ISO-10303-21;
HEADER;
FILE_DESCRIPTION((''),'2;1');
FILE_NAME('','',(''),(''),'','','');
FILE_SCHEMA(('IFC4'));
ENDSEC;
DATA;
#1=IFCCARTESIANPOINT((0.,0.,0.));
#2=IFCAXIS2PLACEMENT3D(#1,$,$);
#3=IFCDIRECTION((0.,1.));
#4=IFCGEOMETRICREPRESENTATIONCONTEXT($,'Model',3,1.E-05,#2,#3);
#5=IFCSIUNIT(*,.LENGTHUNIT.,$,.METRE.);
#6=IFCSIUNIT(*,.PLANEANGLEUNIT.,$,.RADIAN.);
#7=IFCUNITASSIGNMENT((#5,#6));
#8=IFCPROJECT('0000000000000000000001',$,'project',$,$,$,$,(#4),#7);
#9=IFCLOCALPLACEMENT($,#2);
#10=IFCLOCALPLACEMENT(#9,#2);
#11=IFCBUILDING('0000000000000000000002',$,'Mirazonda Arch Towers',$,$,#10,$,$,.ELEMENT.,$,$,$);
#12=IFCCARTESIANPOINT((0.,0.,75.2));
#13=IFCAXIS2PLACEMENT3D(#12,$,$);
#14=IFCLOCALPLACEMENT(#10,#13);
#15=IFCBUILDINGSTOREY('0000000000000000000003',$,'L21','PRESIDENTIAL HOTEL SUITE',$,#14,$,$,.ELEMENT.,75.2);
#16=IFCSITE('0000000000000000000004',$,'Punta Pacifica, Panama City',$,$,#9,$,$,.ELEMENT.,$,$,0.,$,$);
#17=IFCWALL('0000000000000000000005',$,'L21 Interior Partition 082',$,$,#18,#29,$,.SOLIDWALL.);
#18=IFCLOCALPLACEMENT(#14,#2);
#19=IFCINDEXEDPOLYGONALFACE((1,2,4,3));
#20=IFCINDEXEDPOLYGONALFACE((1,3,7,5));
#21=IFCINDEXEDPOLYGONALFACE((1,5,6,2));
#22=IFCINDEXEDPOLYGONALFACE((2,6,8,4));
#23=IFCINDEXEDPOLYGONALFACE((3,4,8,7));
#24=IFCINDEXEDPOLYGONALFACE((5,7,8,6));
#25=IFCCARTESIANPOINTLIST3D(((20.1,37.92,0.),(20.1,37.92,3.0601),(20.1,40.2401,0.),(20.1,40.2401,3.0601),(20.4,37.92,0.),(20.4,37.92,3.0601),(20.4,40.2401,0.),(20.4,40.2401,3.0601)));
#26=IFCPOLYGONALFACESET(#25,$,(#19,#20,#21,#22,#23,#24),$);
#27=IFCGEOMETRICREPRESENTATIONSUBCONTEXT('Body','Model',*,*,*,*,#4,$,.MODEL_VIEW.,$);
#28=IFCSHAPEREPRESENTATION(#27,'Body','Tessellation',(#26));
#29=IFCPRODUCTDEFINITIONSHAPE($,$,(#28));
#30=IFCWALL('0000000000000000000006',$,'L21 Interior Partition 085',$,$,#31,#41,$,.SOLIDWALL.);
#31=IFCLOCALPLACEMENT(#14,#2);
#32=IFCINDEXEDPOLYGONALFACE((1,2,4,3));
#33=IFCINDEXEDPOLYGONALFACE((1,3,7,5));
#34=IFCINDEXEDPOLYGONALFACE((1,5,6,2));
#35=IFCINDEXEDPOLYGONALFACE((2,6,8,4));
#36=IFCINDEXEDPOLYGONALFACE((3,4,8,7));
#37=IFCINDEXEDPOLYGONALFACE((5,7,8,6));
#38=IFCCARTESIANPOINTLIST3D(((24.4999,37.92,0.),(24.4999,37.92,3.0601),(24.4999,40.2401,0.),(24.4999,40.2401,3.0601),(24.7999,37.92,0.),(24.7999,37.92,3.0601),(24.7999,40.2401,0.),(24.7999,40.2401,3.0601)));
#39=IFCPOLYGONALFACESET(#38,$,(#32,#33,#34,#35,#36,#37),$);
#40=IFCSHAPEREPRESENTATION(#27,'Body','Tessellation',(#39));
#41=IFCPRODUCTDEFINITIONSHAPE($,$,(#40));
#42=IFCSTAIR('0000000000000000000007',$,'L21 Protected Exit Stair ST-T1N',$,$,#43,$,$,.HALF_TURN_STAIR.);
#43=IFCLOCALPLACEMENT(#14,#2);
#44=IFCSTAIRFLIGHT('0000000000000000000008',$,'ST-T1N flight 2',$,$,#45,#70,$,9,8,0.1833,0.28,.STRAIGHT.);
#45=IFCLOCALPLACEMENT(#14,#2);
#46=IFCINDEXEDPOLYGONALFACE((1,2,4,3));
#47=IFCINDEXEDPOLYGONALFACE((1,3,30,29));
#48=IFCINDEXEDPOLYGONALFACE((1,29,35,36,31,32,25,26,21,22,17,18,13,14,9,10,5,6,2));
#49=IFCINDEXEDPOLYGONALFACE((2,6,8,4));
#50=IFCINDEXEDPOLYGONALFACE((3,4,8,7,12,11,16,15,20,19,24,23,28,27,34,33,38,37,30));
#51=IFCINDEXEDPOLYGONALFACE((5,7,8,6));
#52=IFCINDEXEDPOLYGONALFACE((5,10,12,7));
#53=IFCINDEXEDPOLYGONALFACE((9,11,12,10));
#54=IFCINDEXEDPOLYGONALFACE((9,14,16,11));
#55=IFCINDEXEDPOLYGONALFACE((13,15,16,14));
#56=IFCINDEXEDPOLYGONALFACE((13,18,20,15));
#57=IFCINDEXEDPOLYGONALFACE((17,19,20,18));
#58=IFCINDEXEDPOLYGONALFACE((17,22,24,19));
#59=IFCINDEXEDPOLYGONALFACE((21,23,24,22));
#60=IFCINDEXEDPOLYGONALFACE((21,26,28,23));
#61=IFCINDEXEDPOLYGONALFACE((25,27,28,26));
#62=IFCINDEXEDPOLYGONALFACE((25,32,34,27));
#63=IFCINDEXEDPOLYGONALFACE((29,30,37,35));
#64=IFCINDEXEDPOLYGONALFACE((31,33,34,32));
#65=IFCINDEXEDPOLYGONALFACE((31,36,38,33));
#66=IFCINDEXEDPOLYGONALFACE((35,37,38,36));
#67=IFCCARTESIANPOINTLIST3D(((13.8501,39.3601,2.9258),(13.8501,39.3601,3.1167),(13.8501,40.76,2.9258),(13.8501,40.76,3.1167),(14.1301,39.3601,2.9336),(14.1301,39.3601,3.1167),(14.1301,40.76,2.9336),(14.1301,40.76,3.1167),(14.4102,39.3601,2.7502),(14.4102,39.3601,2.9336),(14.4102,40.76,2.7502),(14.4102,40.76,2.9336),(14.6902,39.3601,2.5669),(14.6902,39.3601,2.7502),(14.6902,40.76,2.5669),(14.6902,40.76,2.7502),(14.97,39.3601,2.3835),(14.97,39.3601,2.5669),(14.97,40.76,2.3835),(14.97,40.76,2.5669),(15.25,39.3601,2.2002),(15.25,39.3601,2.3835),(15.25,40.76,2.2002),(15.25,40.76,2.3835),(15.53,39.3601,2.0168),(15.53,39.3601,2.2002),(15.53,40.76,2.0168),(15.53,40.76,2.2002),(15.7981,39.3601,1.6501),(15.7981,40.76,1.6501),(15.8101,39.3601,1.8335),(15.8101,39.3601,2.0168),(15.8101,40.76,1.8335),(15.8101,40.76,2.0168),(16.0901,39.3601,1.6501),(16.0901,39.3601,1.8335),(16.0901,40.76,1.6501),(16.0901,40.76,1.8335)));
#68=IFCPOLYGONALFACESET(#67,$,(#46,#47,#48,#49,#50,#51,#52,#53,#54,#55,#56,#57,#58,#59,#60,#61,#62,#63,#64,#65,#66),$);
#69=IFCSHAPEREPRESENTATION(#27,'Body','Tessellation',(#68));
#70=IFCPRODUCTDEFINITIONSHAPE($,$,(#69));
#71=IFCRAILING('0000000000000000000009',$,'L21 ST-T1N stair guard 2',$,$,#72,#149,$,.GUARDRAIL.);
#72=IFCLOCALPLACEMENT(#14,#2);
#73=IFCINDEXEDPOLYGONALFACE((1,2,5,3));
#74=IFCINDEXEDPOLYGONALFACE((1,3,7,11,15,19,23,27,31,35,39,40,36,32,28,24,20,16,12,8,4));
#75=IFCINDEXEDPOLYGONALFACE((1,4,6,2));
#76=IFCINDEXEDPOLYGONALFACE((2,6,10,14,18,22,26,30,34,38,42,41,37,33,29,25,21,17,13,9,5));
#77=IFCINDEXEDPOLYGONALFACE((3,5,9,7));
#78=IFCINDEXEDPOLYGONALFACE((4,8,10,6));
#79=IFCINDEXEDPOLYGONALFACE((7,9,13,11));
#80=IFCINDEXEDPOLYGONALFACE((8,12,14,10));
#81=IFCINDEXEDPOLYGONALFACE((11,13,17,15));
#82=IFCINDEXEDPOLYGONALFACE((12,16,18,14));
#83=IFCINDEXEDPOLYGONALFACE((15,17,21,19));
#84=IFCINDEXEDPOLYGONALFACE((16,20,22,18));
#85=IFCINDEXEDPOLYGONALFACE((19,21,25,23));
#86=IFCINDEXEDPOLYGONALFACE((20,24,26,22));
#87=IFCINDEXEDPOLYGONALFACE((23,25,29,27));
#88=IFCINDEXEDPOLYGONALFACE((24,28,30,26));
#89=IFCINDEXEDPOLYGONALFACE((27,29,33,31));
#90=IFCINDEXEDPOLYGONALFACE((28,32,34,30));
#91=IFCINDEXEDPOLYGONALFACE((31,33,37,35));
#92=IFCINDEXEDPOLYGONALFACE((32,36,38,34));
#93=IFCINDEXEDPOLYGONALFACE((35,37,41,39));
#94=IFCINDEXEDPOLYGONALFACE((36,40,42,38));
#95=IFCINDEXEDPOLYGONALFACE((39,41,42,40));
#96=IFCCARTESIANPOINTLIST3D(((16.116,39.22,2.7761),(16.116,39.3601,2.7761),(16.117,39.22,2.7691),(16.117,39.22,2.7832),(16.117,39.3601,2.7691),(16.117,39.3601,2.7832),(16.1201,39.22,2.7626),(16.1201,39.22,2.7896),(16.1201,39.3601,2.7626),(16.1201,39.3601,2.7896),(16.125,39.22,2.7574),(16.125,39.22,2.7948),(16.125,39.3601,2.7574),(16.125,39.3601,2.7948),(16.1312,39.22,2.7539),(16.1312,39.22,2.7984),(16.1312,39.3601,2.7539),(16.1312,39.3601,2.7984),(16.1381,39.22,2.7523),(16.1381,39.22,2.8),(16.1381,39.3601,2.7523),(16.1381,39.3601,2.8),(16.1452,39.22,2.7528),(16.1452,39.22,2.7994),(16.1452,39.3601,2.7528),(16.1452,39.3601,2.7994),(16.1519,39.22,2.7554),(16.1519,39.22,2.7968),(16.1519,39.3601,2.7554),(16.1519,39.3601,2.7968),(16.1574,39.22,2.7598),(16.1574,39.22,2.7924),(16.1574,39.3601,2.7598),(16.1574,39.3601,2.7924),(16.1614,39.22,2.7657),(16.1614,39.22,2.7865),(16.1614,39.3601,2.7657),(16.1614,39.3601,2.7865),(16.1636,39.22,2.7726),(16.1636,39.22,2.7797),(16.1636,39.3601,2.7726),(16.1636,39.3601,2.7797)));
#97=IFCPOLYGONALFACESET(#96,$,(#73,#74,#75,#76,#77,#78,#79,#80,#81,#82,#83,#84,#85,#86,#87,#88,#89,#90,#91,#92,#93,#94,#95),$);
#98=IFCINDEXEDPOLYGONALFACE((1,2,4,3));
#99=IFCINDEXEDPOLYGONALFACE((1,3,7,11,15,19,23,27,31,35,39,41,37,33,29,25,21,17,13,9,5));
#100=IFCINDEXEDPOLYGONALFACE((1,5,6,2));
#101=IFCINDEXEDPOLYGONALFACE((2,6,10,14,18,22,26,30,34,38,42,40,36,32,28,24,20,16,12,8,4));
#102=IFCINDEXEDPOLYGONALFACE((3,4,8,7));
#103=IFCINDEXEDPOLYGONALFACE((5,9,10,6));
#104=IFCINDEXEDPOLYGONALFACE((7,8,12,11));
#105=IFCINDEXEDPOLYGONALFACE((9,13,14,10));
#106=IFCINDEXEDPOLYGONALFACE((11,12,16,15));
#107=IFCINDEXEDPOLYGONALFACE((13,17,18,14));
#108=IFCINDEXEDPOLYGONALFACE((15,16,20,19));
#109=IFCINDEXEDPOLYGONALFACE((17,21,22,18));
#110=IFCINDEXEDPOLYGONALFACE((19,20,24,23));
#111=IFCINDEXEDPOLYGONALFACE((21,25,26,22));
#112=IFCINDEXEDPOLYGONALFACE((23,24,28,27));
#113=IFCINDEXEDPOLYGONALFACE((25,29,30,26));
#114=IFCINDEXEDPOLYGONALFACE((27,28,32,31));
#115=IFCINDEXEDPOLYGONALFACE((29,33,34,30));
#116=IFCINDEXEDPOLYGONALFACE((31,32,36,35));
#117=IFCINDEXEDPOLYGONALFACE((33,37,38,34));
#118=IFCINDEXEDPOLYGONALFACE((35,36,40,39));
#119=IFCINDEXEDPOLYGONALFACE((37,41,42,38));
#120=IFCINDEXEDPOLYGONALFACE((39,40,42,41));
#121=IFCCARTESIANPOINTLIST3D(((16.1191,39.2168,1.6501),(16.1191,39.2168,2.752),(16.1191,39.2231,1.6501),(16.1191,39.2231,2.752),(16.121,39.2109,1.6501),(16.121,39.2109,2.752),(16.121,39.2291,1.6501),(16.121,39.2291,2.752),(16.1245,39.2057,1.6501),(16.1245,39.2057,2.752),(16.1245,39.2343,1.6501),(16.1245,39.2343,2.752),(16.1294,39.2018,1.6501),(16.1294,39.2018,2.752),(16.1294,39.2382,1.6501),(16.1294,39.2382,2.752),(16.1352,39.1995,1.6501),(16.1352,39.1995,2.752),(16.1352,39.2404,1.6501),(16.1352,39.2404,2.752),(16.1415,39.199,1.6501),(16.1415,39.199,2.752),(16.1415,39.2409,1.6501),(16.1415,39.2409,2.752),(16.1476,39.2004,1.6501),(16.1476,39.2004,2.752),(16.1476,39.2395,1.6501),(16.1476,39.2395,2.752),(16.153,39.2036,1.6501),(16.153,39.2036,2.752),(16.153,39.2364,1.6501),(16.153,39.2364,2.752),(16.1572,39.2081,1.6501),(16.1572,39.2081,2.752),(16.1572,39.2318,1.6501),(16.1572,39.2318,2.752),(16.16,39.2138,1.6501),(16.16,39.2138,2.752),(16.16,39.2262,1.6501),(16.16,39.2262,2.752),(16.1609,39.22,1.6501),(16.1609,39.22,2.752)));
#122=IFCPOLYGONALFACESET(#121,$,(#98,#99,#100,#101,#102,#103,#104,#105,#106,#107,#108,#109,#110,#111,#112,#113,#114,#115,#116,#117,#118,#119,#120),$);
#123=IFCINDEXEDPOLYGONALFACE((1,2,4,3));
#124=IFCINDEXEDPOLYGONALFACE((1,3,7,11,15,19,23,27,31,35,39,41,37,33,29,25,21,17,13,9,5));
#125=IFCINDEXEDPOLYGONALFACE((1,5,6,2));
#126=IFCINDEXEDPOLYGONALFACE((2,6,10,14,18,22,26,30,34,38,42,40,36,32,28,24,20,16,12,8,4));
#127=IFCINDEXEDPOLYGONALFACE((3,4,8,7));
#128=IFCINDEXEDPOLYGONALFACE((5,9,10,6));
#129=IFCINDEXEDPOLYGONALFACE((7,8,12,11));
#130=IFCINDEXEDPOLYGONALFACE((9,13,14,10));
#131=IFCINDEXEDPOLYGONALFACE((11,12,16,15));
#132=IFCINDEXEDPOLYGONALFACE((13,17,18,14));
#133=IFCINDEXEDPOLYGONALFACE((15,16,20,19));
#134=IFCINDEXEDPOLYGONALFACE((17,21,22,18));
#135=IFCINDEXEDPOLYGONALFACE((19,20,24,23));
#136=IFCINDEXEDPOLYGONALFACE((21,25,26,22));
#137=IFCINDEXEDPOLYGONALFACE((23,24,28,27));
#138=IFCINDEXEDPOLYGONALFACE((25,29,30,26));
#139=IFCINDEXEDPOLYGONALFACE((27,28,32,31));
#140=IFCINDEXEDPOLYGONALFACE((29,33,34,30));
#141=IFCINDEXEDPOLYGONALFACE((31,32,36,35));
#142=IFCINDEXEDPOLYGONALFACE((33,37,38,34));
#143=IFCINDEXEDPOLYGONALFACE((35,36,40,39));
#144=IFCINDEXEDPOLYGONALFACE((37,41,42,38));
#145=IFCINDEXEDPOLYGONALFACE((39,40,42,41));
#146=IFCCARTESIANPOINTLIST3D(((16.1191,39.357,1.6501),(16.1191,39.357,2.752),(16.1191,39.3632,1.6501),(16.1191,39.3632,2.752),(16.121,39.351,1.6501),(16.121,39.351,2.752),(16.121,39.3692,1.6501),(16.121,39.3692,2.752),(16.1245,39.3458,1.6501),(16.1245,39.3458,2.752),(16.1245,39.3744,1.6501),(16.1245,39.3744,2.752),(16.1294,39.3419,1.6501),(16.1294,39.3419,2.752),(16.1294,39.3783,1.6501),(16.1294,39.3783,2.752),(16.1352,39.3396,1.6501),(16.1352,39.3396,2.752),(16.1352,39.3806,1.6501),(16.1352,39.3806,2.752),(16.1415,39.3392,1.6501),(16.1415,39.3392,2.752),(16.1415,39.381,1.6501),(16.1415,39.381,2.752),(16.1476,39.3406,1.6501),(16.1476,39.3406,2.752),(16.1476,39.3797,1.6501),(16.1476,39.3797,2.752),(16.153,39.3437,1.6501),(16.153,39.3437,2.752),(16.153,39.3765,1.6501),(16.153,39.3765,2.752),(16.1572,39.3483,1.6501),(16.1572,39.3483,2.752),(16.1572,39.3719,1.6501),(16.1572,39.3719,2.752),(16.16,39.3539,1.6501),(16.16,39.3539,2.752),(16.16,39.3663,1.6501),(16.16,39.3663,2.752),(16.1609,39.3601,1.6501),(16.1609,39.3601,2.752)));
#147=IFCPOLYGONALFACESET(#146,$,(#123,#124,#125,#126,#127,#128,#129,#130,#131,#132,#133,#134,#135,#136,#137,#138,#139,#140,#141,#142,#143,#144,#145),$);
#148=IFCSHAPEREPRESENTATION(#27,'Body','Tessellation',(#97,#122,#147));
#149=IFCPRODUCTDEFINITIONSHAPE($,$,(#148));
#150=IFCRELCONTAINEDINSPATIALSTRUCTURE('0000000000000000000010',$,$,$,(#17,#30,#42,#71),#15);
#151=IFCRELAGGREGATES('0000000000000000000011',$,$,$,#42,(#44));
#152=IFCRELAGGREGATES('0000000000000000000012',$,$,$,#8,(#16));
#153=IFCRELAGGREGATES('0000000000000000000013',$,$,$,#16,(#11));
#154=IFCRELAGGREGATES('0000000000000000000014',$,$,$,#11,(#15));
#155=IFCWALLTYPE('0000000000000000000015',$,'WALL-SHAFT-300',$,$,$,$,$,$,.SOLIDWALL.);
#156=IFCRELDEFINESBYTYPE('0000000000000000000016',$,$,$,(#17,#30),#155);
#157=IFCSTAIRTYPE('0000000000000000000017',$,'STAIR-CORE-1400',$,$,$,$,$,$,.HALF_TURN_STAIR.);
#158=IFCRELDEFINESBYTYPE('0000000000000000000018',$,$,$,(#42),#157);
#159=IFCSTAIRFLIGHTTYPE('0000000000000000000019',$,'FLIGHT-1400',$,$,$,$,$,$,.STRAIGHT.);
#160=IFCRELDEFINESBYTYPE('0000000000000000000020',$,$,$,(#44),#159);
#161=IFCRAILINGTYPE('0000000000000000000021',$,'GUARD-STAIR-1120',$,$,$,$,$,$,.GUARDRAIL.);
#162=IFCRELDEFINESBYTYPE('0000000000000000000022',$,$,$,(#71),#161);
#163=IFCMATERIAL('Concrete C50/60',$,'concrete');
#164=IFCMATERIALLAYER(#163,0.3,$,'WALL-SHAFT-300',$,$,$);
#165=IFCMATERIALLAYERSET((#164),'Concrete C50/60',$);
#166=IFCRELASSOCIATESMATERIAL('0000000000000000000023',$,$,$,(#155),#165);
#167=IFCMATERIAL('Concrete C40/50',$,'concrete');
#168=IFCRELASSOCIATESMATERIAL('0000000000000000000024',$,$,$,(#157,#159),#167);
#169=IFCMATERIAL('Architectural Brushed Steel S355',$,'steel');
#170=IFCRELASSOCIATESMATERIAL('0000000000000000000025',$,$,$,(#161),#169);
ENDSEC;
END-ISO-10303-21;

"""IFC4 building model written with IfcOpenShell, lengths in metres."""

from ifc_helpers import new_model, si_unit, direction, frame, frame_2d, origin, origin_2d, place, context, subcontext, project, spatial, polyline, rectangle, circle, outline, extrude, material, layer, layer_set, type_object, element, aggregate, save


model = new_model("IFC4")

# Units and contexts
model_context = context("Model", 3, precision=1e-05, world=origin(), true_north=direction((0.0, 1.0)))
body_context = subcontext(model_context, "Body", "Model", "MODEL_VIEW")
ifc_project = project(units=[si_unit("LENGTHUNIT", "METRE"), si_unit("PLANEANGLEUNIT", "RADIAN")], contexts=[model_context])

# Site, building, storey
site_placement = place(None, origin())
site = spatial("IfcSite", under=ifc_project, at=site_placement, Name="Punta Pacifica, Panama City", CompositionType="ELEMENT", RefElevation=0.0)
building_placement = place(site_placement, origin())
building = spatial("IfcBuilding", under=site, at=building_placement, Name="Mirazonda Arch Towers", CompositionType="ELEMENT")
storey_placement = place(building_placement, frame((0.0, 0.0, 75.2)))
storey = spatial("IfcBuildingStorey", under=building, at=storey_placement, Name="L21", Description="PRESIDENTIAL HOTEL SUITE", CompositionType="ELEMENT", Elevation=75.2)

# Walls
ifc_material_1 = material(Name="Concrete C40/50", Category="concrete")
ifc_material_2 = material(Name="Concrete C50/60", Category="concrete")
ifc_layer_1 = layer(ifc_material_2, 0.3, Name="WALL-SHAFT-300")
ifc_layer_set_1 = layer_set([ifc_layer_1], Name="Concrete C50/60")
wall_type_1 = type_object("IfcWallType", Name="WALL-SHAFT-300", PredefinedType="SOLIDWALL", material=ifc_layer_set_1)
for number, where, z_axis, x_axis, name in (
    (1, (20.25, 37.9199, 0.0), (0.0, 0.0, 1.0), (0.0, 1.0, 0.0), "L21 Interior Partition 082"),
    (2, (24.6499, 37.9199, 0.0), (0.0, 0.0, 1.0), (0.0, 1.0, 0.0), "L21 Interior Partition 085"),
):
    element("IfcWall", number, at=place(storey_placement, frame(where, z_axis=z_axis, x_axis=x_axis)), inside=storey, type_object=wall_type_1, Name=name, PredefinedType="SOLIDWALL", context=body_context, shape_type="SweptSolid", body=[
        extrude(rectangle(XDim=2.3201, YDim=0.3, at=frame_2d((1.1602, 0.0))), origin(), (0.0, 0.0, 1.0), 3.0601),
    ])

# Stair, stair flight
stair_type = type_object("IfcStairType", Name="STAIR-CORE-1400", PredefinedType="HALF_TURN_STAIR", material=ifc_material_1)
stair_placement = place(storey_placement, origin())
stair = element("IfcStair", 3, at=stair_placement, inside=storey, type_object=stair_type, Name="L21 Protected Exit Stair ST-T1N", PredefinedType="HALF_TURN_STAIR")
stair_flight_type = type_object("IfcStairFlightType", Name="FLIGHT-1400", PredefinedType="STRAIGHT", material=ifc_material_1)
stair_flight_placement = place(storey_placement, frame((16.0901, 40.0601, 1.6501), z_axis=(0.0, 0.0, 1.0), x_axis=(-1.0, 0.0, 0.0)))
stair_flight = element("IfcStairFlight", 4, at=stair_flight_placement, type_object=stair_flight_type, Name="ST-T1N flight 2", NumberOfRisers=9, NumberOfTreads=8, PredefinedType="STRAIGHT", RiserHeight=0.1833, TreadLength=0.28, context=body_context, shape_type="SweptSolid", body=[
    extrude(outline(polyline([(0.0, 0.0), (0.0, 0.1833), (0.28, 0.1833), (0.28, 0.3667), (0.5601, 0.3667), (0.5601, 0.55), (0.8401, 0.55), (0.8401, 0.7334), (1.1201, 0.7334), (1.1201, 0.9167), (1.3999, 0.9167), (1.3999, 1.1001), (1.6799, 1.1001), (1.6799, 1.2834), (1.96, 1.2834), (1.96, 1.4666), (2.24, 1.4666), (2.24, 1.6499), (2.24, 1.2756), (0.292, 0.0), (0.0, 0.0)])), frame((0.0, 0.7, 0.0), z_axis=(0.0, -1.0, 0.0), x_axis=(1.0, 0.0, 0.0)), (0.0, 0.0, 1.0), 1.3999),
])
aggregate(stair, [stair_flight])

# Railing
ifc_material_3 = material(Name="Architectural Brushed Steel S355", Category="steel")
railing_type_1 = type_object("IfcRailingType", Name="GUARD-STAIR-1120", PredefinedType="GUARDRAIL", material=ifc_material_3)
railing_1_placement = place(storey_placement, frame((16.1399, 39.22, 1.6501)))
element("IfcRailing", 5, at=railing_1_placement, inside=storey, type_object=railing_type_1, Name="L21 ST-T1N stair guard 2", PredefinedType="GUARDRAIL", context=body_context, shape_type="SweptSolid", body=[
    extrude(circle(Radius=0.0239, at=origin_2d()), frame((0.0, 0.0, 1.126), z_axis=(0.0, 1.0, 0.0), x_axis=(-1.0, 0.0, 0.0)), (0.0, 0.0, 1.0), 0.1401),
    extrude(circle(Radius=0.021, at=origin_2d()), origin(), (0.0, 0.0, 1.0), 1.1018),
    extrude(circle(Radius=0.021, at=origin_2d()), frame((0.0, 0.1401, 0.0)), (0.0, 0.0, 1.0), 1.1018),
])

save(model, "model.ifc")
